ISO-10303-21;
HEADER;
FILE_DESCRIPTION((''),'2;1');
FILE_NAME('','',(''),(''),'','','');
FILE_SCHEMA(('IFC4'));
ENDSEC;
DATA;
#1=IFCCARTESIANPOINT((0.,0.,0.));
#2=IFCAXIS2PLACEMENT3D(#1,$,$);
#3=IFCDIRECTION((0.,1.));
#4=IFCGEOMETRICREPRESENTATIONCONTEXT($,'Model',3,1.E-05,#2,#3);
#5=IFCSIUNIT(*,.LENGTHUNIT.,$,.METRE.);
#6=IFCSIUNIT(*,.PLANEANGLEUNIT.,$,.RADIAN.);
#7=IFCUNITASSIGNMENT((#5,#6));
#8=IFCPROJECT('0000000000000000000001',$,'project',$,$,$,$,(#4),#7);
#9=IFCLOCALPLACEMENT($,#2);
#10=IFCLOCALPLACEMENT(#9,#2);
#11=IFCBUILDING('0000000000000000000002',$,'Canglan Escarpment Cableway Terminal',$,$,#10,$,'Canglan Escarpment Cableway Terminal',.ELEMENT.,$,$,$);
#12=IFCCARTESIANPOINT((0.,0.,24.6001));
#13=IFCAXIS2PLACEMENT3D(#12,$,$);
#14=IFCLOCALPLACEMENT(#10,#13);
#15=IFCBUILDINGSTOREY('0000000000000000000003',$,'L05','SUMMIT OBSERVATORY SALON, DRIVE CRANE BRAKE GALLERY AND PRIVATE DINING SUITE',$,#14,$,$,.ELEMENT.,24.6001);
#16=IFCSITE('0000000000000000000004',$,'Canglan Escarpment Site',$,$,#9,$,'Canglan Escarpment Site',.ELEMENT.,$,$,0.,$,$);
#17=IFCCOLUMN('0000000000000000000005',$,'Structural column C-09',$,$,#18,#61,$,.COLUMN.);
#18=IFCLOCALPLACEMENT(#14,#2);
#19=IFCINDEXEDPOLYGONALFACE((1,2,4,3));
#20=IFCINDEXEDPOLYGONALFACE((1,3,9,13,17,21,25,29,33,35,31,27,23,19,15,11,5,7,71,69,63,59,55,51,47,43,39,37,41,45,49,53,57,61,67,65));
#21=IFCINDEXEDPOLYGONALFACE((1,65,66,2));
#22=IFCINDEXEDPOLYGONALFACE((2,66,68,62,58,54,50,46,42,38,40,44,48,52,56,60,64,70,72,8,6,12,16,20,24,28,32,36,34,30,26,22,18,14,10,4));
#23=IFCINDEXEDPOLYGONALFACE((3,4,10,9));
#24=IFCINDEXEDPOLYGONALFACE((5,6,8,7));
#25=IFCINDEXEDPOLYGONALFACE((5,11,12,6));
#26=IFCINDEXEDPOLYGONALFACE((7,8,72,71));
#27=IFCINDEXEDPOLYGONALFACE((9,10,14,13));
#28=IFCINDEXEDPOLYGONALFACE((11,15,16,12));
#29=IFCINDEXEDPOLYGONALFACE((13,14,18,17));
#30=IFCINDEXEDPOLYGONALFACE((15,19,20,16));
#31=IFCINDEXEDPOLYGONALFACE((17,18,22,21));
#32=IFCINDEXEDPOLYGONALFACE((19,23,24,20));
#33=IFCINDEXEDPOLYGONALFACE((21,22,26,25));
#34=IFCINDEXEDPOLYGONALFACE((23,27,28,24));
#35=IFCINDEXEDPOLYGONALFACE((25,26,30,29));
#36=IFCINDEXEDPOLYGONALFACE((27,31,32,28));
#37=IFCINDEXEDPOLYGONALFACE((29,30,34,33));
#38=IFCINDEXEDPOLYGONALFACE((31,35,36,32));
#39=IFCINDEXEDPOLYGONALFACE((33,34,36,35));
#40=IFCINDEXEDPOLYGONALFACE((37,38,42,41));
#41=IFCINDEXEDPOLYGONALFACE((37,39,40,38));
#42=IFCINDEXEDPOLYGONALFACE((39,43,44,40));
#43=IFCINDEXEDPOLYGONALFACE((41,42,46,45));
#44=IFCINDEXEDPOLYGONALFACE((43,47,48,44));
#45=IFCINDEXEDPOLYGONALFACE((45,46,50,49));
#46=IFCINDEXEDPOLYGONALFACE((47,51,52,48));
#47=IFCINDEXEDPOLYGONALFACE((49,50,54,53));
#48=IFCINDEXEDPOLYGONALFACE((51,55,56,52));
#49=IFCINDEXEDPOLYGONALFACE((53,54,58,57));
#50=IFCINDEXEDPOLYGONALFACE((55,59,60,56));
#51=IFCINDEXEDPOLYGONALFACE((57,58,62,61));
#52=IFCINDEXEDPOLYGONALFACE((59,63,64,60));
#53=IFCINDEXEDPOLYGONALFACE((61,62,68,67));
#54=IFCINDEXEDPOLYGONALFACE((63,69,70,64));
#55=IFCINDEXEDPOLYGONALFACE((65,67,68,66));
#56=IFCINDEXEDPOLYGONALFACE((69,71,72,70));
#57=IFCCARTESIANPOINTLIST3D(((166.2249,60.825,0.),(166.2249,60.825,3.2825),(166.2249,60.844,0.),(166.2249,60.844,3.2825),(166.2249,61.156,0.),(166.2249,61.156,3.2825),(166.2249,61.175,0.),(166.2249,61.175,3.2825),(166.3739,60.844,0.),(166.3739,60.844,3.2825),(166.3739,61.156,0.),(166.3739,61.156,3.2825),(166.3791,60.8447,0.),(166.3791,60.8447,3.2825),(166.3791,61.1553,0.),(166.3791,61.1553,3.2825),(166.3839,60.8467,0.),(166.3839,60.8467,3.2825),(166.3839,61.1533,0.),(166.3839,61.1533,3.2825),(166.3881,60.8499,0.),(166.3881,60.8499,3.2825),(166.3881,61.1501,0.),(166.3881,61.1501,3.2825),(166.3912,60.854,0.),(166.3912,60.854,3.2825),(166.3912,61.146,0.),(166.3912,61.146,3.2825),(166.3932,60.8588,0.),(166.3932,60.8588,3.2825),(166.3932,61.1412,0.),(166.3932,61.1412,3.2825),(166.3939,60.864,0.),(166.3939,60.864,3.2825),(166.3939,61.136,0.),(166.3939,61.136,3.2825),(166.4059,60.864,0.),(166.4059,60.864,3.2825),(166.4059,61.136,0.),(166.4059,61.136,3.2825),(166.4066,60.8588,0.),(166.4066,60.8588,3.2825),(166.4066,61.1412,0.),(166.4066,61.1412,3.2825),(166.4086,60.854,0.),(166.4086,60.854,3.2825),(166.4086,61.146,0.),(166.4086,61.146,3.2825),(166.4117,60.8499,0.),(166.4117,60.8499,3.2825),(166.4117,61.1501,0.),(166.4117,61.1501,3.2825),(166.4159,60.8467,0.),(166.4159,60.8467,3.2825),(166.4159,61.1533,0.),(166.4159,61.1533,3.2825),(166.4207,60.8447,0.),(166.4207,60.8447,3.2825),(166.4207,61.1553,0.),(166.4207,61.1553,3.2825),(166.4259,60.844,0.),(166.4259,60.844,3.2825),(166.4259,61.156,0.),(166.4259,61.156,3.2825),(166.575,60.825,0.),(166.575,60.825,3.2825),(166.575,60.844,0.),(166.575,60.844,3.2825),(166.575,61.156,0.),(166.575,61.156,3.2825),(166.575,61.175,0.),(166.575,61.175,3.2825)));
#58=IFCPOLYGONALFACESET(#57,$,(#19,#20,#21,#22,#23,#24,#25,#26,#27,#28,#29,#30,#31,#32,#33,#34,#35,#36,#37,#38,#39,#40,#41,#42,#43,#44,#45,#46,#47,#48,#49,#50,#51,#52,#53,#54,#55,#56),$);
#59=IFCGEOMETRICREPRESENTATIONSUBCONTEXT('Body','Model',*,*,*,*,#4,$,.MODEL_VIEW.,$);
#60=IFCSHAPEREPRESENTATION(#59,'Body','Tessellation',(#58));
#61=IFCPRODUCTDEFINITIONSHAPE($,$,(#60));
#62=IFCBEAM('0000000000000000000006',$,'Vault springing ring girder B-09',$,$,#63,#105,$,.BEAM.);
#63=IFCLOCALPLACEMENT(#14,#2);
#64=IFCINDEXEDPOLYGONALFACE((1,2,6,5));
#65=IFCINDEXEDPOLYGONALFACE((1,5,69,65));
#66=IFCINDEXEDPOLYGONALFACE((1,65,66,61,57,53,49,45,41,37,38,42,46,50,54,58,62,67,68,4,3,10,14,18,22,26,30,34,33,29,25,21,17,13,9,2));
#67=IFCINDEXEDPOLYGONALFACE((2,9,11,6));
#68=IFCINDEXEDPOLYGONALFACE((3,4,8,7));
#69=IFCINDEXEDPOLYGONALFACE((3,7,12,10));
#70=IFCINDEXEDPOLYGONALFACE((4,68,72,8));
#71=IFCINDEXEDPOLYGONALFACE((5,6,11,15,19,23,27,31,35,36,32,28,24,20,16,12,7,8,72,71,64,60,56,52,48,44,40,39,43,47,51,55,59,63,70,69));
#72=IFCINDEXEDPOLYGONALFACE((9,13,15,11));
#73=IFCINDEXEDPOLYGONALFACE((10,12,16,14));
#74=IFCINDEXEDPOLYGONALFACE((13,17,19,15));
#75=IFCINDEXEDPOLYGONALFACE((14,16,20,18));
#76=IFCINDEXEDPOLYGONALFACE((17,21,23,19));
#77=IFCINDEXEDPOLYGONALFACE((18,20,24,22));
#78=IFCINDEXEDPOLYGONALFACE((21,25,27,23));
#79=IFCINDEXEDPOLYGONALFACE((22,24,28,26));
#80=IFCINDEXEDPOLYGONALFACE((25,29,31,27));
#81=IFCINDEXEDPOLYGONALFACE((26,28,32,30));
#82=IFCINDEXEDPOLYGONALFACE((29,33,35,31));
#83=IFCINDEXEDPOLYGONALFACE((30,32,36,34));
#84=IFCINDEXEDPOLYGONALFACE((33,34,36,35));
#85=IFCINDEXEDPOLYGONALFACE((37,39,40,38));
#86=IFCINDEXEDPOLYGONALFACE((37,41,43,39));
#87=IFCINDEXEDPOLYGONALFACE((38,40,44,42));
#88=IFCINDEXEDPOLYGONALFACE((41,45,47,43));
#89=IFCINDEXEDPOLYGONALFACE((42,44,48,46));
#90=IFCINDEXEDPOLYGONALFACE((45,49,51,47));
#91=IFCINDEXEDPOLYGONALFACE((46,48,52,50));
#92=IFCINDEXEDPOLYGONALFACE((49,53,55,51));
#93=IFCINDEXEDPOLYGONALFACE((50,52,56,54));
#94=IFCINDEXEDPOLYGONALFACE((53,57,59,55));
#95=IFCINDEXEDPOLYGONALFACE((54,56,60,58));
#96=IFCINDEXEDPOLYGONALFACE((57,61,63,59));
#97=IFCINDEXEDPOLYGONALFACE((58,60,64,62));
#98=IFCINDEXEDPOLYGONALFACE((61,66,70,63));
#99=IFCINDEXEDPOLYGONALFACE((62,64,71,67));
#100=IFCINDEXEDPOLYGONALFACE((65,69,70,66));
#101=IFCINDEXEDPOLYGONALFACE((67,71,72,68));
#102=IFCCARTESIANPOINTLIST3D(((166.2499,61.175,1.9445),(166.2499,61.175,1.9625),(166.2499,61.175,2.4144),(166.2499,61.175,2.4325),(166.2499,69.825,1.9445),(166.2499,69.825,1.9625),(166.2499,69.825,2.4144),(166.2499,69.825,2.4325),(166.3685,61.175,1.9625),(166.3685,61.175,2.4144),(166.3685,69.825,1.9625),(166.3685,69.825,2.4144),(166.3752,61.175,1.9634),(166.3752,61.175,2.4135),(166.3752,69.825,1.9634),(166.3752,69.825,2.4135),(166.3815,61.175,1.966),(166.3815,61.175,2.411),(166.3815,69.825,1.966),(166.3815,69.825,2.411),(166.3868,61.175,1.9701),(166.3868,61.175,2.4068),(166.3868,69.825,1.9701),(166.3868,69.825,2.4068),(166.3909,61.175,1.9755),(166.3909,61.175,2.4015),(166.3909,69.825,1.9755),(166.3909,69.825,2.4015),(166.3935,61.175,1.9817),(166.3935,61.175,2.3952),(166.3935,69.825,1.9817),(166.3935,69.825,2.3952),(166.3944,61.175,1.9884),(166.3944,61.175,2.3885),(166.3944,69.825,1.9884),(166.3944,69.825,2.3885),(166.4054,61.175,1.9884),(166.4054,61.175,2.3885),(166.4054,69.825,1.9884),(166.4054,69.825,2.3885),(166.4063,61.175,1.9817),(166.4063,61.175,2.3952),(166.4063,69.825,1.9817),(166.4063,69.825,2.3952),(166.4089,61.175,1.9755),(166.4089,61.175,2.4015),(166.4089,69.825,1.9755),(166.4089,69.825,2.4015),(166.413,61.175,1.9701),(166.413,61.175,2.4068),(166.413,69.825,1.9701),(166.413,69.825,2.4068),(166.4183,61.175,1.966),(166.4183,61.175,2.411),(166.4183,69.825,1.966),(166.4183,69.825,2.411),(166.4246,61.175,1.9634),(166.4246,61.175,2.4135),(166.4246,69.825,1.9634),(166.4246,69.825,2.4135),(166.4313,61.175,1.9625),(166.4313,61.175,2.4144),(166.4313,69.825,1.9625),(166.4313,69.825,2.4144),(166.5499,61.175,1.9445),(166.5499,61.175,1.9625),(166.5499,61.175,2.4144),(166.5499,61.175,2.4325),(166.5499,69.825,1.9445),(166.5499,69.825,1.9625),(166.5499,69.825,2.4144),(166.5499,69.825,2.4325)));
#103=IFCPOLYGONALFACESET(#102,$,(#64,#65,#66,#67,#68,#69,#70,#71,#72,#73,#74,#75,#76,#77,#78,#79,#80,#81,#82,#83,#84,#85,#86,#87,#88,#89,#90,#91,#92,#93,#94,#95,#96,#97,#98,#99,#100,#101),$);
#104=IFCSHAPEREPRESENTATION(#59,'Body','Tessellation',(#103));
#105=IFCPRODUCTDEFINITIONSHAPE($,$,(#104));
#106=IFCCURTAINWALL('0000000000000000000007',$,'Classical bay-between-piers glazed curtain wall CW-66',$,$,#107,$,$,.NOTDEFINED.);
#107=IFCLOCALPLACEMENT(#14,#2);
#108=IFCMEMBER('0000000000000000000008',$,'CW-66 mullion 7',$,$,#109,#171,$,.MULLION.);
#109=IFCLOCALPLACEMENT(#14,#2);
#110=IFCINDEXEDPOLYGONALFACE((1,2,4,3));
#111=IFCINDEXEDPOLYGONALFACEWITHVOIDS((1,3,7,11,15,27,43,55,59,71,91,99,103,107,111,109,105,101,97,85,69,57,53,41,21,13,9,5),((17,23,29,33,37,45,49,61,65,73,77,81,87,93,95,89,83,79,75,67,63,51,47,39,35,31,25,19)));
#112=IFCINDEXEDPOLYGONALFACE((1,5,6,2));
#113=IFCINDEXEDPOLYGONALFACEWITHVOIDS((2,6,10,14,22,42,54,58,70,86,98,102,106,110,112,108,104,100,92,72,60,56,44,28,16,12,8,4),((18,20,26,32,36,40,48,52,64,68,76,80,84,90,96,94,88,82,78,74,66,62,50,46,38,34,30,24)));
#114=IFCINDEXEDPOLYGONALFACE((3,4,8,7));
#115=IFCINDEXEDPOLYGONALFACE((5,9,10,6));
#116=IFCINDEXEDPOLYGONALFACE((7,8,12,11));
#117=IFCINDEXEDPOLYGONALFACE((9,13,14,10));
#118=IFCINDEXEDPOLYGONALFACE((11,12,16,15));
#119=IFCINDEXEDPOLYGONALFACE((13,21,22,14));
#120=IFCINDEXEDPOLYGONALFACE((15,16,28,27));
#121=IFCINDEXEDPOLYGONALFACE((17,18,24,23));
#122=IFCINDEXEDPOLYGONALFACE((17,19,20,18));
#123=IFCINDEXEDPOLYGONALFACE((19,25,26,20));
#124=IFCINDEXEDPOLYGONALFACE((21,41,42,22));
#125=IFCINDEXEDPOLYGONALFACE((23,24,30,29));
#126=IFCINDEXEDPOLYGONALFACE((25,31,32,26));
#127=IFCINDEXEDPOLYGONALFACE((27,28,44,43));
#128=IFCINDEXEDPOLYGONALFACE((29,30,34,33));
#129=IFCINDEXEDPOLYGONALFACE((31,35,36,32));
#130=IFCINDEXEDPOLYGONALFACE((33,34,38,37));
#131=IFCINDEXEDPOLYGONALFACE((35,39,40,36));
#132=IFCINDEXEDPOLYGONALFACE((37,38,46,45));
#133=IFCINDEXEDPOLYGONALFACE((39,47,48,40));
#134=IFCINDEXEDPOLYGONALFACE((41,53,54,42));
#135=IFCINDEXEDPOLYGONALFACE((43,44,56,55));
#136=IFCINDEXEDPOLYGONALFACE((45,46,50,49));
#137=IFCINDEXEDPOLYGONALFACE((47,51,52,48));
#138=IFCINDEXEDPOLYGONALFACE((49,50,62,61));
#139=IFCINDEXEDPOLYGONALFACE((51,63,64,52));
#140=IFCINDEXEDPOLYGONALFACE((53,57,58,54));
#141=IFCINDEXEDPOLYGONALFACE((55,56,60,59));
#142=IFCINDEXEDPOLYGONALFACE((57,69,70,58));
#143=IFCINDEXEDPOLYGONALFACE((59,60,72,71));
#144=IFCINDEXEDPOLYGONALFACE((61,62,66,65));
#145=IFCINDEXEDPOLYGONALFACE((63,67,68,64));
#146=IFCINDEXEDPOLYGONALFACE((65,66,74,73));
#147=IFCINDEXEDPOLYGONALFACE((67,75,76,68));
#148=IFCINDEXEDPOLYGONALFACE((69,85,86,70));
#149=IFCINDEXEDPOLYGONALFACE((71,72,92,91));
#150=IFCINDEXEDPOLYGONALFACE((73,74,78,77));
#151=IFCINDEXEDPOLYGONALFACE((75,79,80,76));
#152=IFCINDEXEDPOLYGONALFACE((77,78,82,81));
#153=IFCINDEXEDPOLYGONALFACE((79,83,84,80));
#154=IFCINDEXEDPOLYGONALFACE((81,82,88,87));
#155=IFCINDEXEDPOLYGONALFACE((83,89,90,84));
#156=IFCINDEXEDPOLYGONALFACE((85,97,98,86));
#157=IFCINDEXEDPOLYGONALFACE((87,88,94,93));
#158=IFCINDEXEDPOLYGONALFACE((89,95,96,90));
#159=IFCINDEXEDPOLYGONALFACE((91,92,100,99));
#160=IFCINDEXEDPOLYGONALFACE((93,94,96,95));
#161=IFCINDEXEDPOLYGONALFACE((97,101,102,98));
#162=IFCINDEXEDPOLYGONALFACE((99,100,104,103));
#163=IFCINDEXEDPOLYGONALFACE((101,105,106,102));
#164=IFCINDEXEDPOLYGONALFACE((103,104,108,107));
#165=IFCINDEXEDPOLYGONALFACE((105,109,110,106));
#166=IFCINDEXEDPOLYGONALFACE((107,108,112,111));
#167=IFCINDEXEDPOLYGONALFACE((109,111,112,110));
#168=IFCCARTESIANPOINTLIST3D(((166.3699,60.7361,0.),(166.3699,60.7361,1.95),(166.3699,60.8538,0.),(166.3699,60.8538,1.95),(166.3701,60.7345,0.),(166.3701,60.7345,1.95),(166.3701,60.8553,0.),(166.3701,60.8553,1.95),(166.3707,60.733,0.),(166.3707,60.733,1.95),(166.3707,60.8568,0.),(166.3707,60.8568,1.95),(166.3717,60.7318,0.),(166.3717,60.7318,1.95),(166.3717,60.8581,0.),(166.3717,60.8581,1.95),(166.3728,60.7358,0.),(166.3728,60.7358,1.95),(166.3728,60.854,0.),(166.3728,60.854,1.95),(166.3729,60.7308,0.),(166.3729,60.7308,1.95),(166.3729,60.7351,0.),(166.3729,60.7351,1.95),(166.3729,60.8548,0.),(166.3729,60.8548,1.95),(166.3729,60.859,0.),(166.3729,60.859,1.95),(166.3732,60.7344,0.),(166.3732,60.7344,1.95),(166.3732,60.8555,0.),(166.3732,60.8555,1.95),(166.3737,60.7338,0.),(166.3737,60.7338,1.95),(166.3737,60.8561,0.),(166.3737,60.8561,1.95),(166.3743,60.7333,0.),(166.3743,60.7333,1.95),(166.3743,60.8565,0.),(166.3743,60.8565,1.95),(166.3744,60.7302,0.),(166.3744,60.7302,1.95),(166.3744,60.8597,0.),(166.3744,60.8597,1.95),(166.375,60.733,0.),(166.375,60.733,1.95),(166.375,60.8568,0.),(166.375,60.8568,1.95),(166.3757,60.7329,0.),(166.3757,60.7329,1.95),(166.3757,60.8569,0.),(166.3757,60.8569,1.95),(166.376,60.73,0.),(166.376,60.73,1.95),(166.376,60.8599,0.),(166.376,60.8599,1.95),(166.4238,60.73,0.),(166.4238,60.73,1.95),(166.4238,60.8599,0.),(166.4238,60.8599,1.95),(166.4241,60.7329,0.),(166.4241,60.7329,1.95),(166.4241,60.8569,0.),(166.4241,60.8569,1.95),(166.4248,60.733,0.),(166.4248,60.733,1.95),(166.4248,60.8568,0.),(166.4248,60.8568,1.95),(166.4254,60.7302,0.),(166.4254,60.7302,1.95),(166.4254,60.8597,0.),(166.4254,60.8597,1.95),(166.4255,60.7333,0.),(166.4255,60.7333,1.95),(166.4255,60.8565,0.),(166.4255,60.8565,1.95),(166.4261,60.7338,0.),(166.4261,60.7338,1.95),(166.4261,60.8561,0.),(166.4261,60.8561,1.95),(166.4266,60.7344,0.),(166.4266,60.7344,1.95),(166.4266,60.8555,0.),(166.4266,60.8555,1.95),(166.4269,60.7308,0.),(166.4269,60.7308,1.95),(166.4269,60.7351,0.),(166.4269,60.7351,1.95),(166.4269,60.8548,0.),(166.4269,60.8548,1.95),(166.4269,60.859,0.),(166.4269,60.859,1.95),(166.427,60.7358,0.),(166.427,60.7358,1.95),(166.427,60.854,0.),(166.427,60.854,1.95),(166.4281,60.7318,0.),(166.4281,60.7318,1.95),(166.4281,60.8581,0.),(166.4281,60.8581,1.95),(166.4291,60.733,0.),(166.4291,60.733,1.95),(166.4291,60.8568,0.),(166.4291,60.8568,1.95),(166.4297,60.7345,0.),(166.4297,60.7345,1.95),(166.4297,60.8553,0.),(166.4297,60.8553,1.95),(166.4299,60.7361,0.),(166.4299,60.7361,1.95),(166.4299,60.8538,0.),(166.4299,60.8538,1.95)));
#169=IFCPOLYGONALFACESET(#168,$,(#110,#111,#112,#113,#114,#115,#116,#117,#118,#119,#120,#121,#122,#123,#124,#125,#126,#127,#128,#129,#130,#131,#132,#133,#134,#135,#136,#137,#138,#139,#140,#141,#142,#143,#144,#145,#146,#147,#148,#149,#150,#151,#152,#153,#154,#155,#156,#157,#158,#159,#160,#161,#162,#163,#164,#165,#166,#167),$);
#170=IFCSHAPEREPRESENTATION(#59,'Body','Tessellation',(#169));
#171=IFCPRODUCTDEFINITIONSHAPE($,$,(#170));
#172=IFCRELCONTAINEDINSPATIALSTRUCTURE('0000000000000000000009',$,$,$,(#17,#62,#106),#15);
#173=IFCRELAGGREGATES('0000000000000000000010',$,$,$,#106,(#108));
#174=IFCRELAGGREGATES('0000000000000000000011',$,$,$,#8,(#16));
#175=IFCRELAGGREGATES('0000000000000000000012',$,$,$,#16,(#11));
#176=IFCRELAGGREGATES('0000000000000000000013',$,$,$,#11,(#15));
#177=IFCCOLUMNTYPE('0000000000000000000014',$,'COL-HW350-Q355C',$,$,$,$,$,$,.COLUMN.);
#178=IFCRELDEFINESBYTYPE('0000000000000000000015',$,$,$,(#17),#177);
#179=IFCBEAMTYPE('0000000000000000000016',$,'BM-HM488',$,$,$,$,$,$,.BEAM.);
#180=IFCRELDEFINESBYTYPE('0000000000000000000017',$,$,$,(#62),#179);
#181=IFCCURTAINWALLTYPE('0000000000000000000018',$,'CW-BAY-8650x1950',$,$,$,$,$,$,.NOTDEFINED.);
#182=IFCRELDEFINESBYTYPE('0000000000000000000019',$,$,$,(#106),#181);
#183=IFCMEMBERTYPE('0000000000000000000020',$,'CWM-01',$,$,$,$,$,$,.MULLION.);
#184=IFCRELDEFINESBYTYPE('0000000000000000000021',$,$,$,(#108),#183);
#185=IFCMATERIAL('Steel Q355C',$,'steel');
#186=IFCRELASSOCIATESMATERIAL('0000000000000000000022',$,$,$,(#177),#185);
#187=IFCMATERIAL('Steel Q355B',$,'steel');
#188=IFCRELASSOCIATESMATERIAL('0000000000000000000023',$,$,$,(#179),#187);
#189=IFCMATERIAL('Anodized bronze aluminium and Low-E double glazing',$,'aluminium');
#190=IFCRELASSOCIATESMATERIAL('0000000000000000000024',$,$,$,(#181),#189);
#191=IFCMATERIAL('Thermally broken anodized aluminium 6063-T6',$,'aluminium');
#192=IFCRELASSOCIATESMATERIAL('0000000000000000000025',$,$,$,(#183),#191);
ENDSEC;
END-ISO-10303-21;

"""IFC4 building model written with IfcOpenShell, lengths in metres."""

from ifc_helpers import new_model, si_unit, direction, frame, origin, origin_2d, place, context, subcontext, project, spatial, hollow_rectangle, i_section, extrude, material, material_profile, profile_set, type_object, element, aggregate, save


model = new_model("IFC4")

# Units and contexts
model_context = context("Model", 3, precision=1e-05, world=origin(), true_north=direction((0.0, 1.0)))
body_context = subcontext(model_context, "Body", "Model", "MODEL_VIEW")
ifc_project = project(units=[si_unit("LENGTHUNIT", "METRE"), si_unit("PLANEANGLEUNIT", "RADIAN")], contexts=[model_context])

# Site, building, storey
site_placement = place(None, origin())
site = spatial("IfcSite", under=ifc_project, at=site_placement, Name="Canglan Escarpment Site", LongName="Canglan Escarpment Site", CompositionType="ELEMENT", RefElevation=0.0)
building_placement = place(site_placement, origin())
building = spatial("IfcBuilding", under=site, at=building_placement, Name="Canglan Escarpment Cableway Terminal", LongName="Canglan Escarpment Cableway Terminal", CompositionType="ELEMENT")
storey_placement = place(building_placement, frame((0.0, 0.0, 24.6001)))
storey = spatial("IfcBuildingStorey", under=building, at=storey_placement, Name="L05", Description="SUMMIT OBSERVATORY SALON, DRIVE CRANE BRAKE GALLERY AND PRIVATE DINING SUITE", CompositionType="ELEMENT", Elevation=24.6001)

# Column
ifc_material_1 = material(Name="Steel Q355C", Category="steel")
ifc_material_profile_1 = material_profile(ifc_material_1, i_section(OverallWidth=0.3501, OverallDepth=0.3501, WebThickness=0.012, FlangeThickness=0.019, FilletRadius=0.02, at=origin_2d()), Name="HW 350x350x12x19")
ifc_profile_set_1 = profile_set([ifc_material_profile_1], Name="Steel Q355C")
column_type = type_object("IfcColumnType", Name="COL-HW350-Q355C", PredefinedType="COLUMN", material=ifc_profile_set_1)
column_placement = place(storey_placement, frame((166.3999, 61.0, 0.0), z_axis=(0.0, 0.0, 1.0), x_axis=(1.0, 0.0, 0.0)))
element("IfcColumn", 1, at=column_placement, inside=storey, type_object=column_type, Name="Structural column C-09", PredefinedType="COLUMN", context=body_context, shape_type="SweptSolid", body=[
    extrude(i_section(OverallWidth=0.3501, OverallDepth=0.3501, WebThickness=0.012, FlangeThickness=0.019, FilletRadius=0.02, at=origin_2d()), origin(), (0.0, 0.0, 1.0), 3.2825),
])

# Beam
ifc_material_2 = material(Name="Steel Q355B", Category="steel")
ifc_material_profile_2 = material_profile(ifc_material_2, i_section(OverallWidth=0.3, OverallDepth=0.488, WebThickness=0.011, FlangeThickness=0.0181, FilletRadius=0.0259, at=origin_2d()), Name="HM 488x300x11x18")
ifc_profile_set_2 = profile_set([ifc_material_profile_2], Name="Steel Q355B")
beam_type = type_object("IfcBeamType", Name="BM-HM488", PredefinedType="BEAM", material=ifc_profile_set_2)
beam_placement = place(storey_placement, frame((166.3999, 61.175, 2.1885), z_axis=(0.0, 1.0, 0.0), x_axis=(-1.0, 0.0, 0.0)))
element("IfcBeam", 2, at=beam_placement, inside=storey, type_object=beam_type, Name="Vault springing ring girder B-09", PredefinedType="BEAM", context=body_context, shape_type="SweptSolid", body=[
    extrude(i_section(OverallWidth=0.3, OverallDepth=0.488, WebThickness=0.011, FlangeThickness=0.0181, FilletRadius=0.0259, at=origin_2d()), origin(), (0.0, 0.0, 1.0), 8.6499),
])

# Curtain wall, member
ifc_material_3 = material(Name="Anodized bronze aluminium and Low-E double glazing", Category="aluminium")
curtain_wall_type = type_object("IfcCurtainWallType", Name="CW-BAY-8650x1950", PredefinedType="NOTDEFINED", material=ifc_material_3)
curtain_wall_1_placement = place(storey_placement, origin())
curtain_wall_1 = element("IfcCurtainWall", 3, at=curtain_wall_1_placement, inside=storey, type_object=curtain_wall_type, Name="Classical bay-between-piers glazed curtain wall CW-66", PredefinedType="NOTDEFINED")
ifc_material_4 = material(Name="Thermally broken anodized aluminium 6063-T6", Category="aluminium")
ifc_material_profile_3 = material_profile(ifc_material_4, hollow_rectangle(XDim=0.0601, YDim=0.1299, WallThickness=0.0029, InnerFilletRadius=0.0029, OuterFilletRadius=0.0061, at=origin_2d()), Name="ALU-MULL 60x130x3")
ifc_profile_set_3 = profile_set([ifc_material_profile_3], Name="Thermally broken anodized aluminium 6063-T6")
member_type_1 = type_object("IfcMemberType", Name="CWM-01", PredefinedType="MULLION", material=ifc_profile_set_3)
member_1_placement = place(storey_placement, frame((166.3999, 60.7949, 0.0), z_axis=(0.0, 0.0, 1.0), x_axis=(-1.0, 0.0, 0.0)))
member_1 = element("IfcMember", 4, at=member_1_placement, type_object=member_type_1, Name="CW-66 mullion 7", PredefinedType="MULLION", context=body_context, shape_type="SweptSolid", body=[
    extrude(hollow_rectangle(XDim=0.0601, YDim=0.1299, WallThickness=0.0029, InnerFilletRadius=0.0029, OuterFilletRadius=0.0061, at=origin_2d()), origin(), (0.0, 0.0, 1.0), 1.95),
])

aggregate(curtain_wall_1, [member_1])

save(model, "model.ifc")
